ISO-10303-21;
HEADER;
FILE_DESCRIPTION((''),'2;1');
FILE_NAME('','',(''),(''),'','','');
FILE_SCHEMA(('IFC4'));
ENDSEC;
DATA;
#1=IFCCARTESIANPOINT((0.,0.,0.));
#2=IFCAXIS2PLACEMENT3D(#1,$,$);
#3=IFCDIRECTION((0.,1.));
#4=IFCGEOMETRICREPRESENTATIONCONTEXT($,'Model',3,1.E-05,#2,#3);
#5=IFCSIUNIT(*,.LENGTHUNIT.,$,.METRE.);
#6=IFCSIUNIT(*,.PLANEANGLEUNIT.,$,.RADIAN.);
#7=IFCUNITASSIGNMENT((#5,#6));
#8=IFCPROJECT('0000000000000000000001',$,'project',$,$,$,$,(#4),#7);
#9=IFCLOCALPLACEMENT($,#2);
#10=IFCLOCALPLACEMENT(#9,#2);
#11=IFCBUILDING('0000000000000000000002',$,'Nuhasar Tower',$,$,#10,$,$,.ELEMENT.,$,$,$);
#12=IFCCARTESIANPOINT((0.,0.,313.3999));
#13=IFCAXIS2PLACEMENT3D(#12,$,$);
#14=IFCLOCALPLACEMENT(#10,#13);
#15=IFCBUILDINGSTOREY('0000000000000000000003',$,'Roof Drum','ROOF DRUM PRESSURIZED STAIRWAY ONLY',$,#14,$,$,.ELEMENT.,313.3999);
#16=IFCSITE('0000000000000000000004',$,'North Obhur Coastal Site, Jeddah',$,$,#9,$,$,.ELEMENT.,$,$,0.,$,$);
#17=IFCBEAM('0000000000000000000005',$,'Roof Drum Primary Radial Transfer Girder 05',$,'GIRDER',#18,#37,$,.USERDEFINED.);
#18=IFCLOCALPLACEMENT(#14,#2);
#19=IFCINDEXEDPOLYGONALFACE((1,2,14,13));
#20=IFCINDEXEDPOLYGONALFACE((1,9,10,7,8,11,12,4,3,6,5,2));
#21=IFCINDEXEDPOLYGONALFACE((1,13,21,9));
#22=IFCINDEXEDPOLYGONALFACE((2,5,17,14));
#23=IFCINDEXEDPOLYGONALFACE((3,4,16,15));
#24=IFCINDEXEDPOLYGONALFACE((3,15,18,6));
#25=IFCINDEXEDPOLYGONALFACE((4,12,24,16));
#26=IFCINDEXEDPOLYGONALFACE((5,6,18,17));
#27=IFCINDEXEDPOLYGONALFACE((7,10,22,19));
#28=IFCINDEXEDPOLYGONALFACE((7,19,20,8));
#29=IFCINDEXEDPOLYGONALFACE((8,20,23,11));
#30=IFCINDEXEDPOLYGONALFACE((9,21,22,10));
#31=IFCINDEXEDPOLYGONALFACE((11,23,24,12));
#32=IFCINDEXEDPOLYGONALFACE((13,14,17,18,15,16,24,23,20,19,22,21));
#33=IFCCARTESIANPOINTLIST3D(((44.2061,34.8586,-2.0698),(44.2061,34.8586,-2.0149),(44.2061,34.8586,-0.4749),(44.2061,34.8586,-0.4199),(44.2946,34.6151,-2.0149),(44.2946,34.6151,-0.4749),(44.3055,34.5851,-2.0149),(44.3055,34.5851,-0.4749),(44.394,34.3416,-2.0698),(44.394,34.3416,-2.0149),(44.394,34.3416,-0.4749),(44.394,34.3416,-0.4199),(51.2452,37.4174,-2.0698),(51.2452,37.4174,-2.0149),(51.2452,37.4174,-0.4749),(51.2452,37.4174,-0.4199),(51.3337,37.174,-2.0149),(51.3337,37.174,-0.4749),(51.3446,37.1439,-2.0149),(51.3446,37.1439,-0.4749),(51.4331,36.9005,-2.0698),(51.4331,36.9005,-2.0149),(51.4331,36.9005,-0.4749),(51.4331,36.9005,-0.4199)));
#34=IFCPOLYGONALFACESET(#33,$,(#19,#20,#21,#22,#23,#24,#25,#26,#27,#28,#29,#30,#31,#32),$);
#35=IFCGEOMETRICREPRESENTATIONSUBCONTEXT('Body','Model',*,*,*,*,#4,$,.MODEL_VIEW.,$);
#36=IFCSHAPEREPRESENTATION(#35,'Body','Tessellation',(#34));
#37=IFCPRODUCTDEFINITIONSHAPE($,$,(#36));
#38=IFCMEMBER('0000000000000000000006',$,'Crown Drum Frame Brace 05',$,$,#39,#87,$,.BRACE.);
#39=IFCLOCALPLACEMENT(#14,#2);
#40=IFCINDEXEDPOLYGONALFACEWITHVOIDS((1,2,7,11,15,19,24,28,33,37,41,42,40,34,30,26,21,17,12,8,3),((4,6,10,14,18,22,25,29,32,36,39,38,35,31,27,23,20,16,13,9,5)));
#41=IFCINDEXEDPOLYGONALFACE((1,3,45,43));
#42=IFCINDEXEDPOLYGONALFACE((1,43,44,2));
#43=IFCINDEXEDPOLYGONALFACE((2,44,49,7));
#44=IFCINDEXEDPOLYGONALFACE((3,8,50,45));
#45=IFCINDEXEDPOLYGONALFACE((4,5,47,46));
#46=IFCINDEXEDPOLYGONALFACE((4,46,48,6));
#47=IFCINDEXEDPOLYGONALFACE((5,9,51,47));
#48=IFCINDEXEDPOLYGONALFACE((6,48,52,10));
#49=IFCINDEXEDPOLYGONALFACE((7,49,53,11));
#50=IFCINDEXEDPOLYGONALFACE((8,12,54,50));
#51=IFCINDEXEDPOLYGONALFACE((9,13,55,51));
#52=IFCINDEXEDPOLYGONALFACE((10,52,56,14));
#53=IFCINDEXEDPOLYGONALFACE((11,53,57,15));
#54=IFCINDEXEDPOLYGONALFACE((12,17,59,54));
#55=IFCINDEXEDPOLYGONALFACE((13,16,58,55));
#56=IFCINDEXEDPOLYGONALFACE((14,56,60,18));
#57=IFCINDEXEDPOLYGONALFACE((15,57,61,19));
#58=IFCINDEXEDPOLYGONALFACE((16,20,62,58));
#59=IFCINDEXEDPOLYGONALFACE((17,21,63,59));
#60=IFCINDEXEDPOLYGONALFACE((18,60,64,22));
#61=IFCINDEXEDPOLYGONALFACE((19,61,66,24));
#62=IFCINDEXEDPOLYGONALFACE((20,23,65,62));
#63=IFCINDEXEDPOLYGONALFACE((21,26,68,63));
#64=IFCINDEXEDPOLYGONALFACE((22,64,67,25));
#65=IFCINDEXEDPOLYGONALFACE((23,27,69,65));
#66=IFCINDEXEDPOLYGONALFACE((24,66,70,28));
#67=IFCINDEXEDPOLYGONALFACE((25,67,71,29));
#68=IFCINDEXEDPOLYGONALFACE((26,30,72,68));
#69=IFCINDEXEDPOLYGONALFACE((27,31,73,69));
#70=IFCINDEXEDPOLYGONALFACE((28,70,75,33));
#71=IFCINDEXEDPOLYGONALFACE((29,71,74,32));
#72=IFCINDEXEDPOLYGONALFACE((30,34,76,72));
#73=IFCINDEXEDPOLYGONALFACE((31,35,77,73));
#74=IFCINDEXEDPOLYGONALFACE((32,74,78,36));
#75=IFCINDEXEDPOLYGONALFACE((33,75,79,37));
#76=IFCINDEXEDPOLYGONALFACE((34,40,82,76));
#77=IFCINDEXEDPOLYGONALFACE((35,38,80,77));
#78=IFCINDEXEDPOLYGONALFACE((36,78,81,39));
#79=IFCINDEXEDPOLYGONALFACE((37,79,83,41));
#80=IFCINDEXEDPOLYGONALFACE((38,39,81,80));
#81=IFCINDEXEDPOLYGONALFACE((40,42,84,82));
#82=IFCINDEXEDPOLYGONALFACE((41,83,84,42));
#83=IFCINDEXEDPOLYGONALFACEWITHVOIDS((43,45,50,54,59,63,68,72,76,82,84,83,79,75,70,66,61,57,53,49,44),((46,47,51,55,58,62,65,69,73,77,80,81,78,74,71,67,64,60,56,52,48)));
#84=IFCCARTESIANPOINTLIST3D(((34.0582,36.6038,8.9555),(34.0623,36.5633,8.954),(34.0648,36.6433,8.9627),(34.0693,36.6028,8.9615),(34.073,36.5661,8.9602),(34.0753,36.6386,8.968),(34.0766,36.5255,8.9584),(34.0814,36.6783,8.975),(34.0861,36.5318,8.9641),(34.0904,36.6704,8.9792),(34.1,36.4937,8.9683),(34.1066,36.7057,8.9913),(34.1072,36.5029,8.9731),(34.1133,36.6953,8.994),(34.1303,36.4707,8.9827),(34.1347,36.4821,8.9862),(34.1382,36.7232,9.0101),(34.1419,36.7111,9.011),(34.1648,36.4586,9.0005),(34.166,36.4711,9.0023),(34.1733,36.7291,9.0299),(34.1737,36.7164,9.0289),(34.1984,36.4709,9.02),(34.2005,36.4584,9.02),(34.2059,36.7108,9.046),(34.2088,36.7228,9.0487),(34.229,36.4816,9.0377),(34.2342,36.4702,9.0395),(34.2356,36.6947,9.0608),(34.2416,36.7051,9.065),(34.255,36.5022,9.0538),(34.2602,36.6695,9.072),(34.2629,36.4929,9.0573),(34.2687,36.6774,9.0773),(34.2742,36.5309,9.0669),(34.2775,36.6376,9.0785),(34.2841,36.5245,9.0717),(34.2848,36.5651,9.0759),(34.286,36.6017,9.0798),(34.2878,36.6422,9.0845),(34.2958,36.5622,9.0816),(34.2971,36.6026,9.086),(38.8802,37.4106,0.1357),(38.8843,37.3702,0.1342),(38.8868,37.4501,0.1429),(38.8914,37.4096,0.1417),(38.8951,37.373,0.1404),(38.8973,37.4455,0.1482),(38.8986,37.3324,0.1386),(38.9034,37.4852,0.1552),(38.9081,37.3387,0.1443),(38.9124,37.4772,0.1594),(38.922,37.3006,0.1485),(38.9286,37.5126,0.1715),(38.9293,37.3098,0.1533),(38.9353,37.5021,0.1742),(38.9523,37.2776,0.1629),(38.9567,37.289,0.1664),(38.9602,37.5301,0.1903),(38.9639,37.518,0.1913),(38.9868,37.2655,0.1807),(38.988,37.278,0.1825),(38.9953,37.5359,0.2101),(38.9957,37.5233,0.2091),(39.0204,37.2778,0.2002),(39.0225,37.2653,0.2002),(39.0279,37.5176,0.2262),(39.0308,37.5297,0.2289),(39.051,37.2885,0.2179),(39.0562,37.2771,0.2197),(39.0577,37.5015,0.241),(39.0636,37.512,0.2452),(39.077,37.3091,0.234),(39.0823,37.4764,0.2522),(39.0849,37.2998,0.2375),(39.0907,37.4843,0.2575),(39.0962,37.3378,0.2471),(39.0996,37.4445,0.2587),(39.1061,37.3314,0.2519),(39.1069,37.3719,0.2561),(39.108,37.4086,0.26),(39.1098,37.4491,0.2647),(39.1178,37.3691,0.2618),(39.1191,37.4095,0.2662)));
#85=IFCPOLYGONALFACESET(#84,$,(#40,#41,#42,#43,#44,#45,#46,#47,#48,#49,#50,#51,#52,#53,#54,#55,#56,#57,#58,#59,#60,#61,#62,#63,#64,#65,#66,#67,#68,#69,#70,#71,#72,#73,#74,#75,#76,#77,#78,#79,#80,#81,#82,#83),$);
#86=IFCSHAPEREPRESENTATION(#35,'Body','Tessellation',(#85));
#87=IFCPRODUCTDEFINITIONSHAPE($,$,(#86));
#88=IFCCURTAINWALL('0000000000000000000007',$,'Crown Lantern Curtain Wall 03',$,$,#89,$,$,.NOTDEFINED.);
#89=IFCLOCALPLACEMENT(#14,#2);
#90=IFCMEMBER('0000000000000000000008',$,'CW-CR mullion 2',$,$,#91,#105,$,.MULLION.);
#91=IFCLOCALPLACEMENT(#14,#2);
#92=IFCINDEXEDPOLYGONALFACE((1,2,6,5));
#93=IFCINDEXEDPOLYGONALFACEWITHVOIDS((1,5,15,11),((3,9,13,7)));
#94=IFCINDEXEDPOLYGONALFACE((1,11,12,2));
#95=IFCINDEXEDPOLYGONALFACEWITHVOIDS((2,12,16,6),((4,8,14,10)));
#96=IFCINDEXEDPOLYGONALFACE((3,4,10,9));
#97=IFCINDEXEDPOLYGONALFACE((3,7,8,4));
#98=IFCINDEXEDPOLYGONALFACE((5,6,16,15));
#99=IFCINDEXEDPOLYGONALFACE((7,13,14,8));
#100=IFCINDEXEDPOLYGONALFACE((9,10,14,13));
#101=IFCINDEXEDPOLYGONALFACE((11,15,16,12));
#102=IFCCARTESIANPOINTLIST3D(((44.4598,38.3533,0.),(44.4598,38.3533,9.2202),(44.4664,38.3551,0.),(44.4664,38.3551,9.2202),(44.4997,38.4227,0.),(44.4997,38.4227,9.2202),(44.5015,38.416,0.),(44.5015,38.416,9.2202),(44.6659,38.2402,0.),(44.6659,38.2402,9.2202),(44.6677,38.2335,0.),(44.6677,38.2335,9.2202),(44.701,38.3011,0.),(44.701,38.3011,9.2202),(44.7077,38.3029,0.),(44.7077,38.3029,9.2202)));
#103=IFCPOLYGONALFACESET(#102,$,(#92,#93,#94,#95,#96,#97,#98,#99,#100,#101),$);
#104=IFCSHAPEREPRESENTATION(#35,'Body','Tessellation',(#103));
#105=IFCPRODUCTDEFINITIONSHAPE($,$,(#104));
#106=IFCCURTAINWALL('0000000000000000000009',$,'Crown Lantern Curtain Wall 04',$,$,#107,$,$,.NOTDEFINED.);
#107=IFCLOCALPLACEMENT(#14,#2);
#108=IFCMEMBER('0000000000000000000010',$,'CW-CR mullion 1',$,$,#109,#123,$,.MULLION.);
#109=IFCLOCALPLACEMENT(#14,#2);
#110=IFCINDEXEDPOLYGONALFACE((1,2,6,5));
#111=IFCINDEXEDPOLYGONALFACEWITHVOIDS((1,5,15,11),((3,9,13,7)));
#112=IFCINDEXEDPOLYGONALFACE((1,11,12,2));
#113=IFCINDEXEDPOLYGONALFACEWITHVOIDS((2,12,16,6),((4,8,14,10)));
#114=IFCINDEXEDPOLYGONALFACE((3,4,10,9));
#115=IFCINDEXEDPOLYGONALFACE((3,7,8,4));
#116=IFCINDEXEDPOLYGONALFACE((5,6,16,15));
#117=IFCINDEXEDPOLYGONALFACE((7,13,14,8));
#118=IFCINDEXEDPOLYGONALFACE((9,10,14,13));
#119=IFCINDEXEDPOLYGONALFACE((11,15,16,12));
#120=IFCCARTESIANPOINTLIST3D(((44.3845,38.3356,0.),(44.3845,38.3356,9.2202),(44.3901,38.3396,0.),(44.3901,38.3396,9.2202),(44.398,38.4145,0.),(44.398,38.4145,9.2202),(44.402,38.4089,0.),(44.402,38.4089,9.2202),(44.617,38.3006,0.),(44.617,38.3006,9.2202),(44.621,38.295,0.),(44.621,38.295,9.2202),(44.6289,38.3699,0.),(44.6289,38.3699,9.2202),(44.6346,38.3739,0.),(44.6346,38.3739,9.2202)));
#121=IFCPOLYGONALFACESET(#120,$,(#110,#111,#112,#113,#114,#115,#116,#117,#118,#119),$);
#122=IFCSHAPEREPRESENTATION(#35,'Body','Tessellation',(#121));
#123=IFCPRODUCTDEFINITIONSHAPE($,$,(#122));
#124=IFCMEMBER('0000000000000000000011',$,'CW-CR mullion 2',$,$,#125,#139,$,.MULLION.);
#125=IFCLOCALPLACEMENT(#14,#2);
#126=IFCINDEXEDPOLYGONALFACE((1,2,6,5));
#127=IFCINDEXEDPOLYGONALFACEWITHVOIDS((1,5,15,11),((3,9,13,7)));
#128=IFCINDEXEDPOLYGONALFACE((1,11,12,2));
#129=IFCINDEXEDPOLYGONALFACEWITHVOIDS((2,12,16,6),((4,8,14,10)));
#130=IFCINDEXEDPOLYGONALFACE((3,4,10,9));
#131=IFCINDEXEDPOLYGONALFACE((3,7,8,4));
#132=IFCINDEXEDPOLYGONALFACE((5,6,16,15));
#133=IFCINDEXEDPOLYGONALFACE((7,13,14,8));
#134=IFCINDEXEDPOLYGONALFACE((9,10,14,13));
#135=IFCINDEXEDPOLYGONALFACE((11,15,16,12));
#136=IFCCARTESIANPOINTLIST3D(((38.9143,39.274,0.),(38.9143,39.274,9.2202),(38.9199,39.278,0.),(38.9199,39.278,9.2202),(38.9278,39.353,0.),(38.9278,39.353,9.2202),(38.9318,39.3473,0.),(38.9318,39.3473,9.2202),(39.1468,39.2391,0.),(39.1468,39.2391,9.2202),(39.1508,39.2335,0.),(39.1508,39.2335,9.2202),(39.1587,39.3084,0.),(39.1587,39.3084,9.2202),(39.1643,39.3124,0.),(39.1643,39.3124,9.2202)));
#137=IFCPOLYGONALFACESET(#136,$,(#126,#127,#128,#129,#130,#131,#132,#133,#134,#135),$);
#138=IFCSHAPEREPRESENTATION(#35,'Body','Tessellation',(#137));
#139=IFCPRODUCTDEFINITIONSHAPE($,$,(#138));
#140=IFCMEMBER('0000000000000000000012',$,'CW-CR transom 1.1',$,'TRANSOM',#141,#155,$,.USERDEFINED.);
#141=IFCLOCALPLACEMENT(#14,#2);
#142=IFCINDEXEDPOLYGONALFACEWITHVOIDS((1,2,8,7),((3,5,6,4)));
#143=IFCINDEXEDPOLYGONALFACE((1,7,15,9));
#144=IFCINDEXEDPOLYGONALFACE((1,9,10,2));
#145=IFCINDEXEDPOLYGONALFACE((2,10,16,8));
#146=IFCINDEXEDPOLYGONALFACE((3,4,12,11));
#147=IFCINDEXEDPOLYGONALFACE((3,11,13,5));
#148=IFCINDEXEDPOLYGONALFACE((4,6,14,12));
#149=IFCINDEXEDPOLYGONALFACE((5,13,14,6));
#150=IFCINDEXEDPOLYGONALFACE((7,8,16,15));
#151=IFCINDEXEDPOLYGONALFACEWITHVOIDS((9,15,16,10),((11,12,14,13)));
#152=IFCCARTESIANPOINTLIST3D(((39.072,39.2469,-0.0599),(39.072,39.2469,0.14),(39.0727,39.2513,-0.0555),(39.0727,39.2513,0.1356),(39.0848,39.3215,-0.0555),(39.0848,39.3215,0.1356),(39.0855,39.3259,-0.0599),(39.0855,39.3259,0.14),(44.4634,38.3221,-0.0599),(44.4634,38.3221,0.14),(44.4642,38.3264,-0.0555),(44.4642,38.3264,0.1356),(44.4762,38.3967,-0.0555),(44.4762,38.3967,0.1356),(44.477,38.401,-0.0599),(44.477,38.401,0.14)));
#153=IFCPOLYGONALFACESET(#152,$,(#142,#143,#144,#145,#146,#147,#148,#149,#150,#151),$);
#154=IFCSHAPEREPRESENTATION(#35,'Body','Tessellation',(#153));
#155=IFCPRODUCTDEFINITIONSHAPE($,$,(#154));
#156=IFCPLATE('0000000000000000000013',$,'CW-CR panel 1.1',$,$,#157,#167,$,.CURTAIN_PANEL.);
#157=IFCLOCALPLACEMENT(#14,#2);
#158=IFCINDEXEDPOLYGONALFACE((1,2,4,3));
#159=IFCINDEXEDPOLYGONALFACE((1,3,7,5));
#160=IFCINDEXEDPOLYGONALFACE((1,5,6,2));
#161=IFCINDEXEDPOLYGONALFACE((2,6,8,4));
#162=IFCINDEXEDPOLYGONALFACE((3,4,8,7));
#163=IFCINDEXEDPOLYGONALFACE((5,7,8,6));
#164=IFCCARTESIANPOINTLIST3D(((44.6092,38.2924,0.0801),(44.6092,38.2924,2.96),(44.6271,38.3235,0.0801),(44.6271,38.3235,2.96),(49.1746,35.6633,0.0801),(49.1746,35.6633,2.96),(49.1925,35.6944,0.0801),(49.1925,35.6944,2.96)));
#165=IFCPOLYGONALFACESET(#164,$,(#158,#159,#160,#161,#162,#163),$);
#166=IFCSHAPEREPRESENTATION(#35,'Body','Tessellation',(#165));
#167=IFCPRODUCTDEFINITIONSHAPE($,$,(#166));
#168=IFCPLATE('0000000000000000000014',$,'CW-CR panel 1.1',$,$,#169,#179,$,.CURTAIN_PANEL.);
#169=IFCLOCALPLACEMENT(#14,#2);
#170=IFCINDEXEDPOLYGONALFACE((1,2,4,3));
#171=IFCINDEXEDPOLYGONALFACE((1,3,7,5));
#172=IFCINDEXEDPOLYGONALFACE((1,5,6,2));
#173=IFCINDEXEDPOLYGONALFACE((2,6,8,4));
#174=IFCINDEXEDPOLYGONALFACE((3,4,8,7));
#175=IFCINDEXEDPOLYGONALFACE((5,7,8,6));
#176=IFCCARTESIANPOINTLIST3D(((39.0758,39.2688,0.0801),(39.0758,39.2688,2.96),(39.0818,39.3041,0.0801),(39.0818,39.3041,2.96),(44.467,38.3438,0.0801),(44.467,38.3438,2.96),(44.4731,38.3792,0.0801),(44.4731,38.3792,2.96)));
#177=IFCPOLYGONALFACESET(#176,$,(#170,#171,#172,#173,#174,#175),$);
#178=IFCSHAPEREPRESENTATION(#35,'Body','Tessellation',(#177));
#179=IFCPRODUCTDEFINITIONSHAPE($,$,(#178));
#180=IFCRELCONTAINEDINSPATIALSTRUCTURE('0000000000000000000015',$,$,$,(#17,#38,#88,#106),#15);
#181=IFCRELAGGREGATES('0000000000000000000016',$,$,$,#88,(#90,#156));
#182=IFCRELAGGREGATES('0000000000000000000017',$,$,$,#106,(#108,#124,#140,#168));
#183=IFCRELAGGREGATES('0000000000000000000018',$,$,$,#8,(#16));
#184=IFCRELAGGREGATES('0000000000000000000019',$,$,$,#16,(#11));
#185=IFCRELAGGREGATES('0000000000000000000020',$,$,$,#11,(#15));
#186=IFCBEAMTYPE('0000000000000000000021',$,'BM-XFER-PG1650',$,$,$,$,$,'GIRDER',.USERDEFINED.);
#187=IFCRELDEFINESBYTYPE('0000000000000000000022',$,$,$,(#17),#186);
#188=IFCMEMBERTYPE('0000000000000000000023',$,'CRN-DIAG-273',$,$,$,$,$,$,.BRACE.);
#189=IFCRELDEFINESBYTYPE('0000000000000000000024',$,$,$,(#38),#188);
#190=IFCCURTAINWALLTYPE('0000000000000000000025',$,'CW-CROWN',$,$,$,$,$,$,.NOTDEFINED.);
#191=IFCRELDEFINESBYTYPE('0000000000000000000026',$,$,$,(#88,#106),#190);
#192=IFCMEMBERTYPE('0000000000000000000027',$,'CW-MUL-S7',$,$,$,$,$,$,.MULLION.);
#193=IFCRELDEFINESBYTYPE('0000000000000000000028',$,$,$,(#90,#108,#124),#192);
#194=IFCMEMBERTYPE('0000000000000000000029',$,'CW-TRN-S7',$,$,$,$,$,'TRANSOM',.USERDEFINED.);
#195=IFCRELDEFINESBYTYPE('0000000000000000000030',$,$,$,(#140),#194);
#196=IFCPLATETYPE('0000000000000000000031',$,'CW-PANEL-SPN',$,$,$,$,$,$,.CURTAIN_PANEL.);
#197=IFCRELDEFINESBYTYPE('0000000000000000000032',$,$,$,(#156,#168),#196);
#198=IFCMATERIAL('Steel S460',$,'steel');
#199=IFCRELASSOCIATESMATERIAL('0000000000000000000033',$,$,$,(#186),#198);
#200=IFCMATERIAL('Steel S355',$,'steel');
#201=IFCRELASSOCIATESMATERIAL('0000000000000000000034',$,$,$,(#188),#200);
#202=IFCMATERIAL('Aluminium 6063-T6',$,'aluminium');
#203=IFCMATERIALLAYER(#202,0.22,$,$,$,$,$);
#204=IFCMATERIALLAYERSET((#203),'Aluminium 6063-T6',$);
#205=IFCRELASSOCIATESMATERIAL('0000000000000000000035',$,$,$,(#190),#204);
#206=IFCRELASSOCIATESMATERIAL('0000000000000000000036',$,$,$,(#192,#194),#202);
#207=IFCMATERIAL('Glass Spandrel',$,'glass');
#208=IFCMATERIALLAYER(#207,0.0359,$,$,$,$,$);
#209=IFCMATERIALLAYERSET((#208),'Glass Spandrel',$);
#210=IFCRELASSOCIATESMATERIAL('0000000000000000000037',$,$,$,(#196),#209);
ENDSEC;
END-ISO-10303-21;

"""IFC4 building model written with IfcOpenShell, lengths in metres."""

from ifc_helpers import new_model, si_unit, direction, frame, origin, origin_2d, place, context, subcontext, project, spatial, rectangle, hollow_rectangle, hollow_circle, i_section, extrude, material, layer, layer_set, material_profile, profile_set, type_object, element, aggregate, save


model = new_model("IFC4")

# Units and contexts
model_context = context("Model", 3, precision=1e-05, world=origin(), true_north=direction((0.0, 1.0)))
body_context = subcontext(model_context, "Body", "Model", "MODEL_VIEW")
ifc_project = project(units=[si_unit("LENGTHUNIT", "METRE"), si_unit("PLANEANGLEUNIT", "RADIAN")], contexts=[model_context])

# Site, building, storey
site_placement = place(None, origin())
site = spatial("IfcSite", under=ifc_project, at=site_placement, Name="North Obhur Coastal Site, Jeddah", CompositionType="ELEMENT", RefElevation=0.0)
building_placement = place(site_placement, origin())
building = spatial("IfcBuilding", under=site, at=building_placement, Name="Nuhasar Tower", CompositionType="ELEMENT")
storey_placement = place(building_placement, frame((0.0, 0.0, 313.3999)))
storey = spatial("IfcBuildingStorey", under=building, at=storey_placement, Name="Roof Drum", Description="ROOF DRUM PRESSURIZED STAIRWAY ONLY", CompositionType="ELEMENT", Elevation=313.3999)

# Shared definitions
ifc_material_1 = material(Name="Steel S355", Category="steel")

# Beam
ifc_material_2 = material(Name="Steel S460", Category="steel")
ifc_material_profile_1 = material_profile(ifc_material_2, i_section(OverallWidth=0.55, OverallDepth=1.6499, WebThickness=0.032, FlangeThickness=0.0549, at=origin_2d()), Name="PG1650X550")
ifc_profile_set_1 = profile_set([ifc_material_profile_1], Name="Steel S460")
beam_type_1 = type_object("IfcBeamType", Name="BM-XFER-PG1650", ElementType="GIRDER", PredefinedType="USERDEFINED", material=ifc_profile_set_1)
beam_1_placement = place(storey_placement, frame((44.3, 34.6001, -1.2449), z_axis=(0.939829, 0.341646, 0.0), x_axis=(-0.341646, 0.939829, 0.0)))
element("IfcBeam", 1, at=beam_1_placement, inside=storey, type_object=beam_type_1, Name="Roof Drum Primary Radial Transfer Girder 05", ObjectType="GIRDER", PredefinedType="USERDEFINED", context=body_context, shape_type="SweptSolid", body=[
    extrude(i_section(OverallWidth=0.55, OverallDepth=1.6499, WebThickness=0.032, FlangeThickness=0.0549, at=origin_2d()), origin(), (0.0, 0.0, 1.0), 7.4897),
])

# Member
ifc_material_profile_2 = material_profile(ifc_material_1, hollow_circle(Radius=0.1365, WallThickness=0.0127, at=origin_2d()), Name="HSS273.1X12.7")
ifc_profile_set_2 = profile_set([ifc_material_profile_2], Name="Steel S355")
member_type_1 = type_object("IfcMemberType", Name="CRN-DIAG-273", PredefinedType="BRACE", material=ifc_profile_set_2)
member_1_placement = place(storey_placement, frame((39.0, 37.3999, 0.2002), z_axis=(-0.478173, -0.080014, 0.874613), x_axis=(0.165039, -0.986287, 0.0)))
element("IfcMember", 2, at=member_1_placement, inside=storey, type_object=member_type_1, Name="Crown Drum Frame Brace 05", PredefinedType="BRACE", context=body_context, shape_type="SweptSolid", body=[
    extrude(hollow_circle(Radius=0.1365, WallThickness=0.0127, at=origin_2d()), origin(), (0.0, 0.0, 1.0), 10.0842),
])

# Curtain wall, member
ifc_material_3 = material(Name="Aluminium 6063-T6", Category="aluminium")
ifc_layer_1 = layer(ifc_material_3, 0.22)
ifc_layer_set_1 = layer_set([ifc_layer_1], Name="Aluminium 6063-T6")
curtain_wall_type = type_object("IfcCurtainWallType", Name="CW-CROWN", PredefinedType="NOTDEFINED", material=ifc_layer_set_1)
curtain_wall_1_placement = place(storey_placement, origin())
curtain_wall_1 = element("IfcCurtainWall", 3, at=curtain_wall_1_placement, inside=storey, type_object=curtain_wall_type, Name="Crown Lantern Curtain Wall 03", PredefinedType="NOTDEFINED")
ifc_material_profile_3 = material_profile(ifc_material_3, hollow_rectangle(XDim=0.0801, YDim=0.24, WallThickness=0.0049, at=origin_2d()), Name="CWM-7")
ifc_profile_set_3 = profile_set([ifc_material_profile_3], Name="Aluminium 6063-T6")
member_type_2 = type_object("IfcMemberType", Name="CW-MUL-S7", PredefinedType="MULLION", material=ifc_profile_set_3)
member_2_placement = place(storey_placement, frame((44.5837, 38.3281, 0.0), z_axis=(0.0, 0.0, 1.0), x_axis=(-0.499052, -0.866572, 0.0)))
member_2 = element("IfcMember", 4, at=member_2_placement, type_object=member_type_2, Name="CW-CR mullion 2", PredefinedType="MULLION", context=body_context, shape_type="SweptSolid", body=[
    extrude(hollow_rectangle(XDim=0.0801, YDim=0.24, WallThickness=0.0049, at=origin_2d()), origin(), (0.0, 0.0, 1.0), 9.2202),
])

# Curtain wall, members
curtain_wall_2_placement = place(storey_placement, origin())
curtain_wall_2 = element("IfcCurtainWall", 5, at=curtain_wall_2_placement, inside=storey, type_object=curtain_wall_type, Name="Crown Lantern Curtain Wall 04", PredefinedType="NOTDEFINED")
member_3_placement = place(storey_placement, frame((44.5095, 38.3547, 0.0), z_axis=(0.0, 0.0, 1.0), x_axis=(-0.169092, -0.9856, 0.0)))
member_3 = element("IfcMember", 6, at=member_3_placement, type_object=member_type_2, Name="CW-CR mullion 1", PredefinedType="MULLION", context=body_context, shape_type="SweptSolid", body=[
    extrude(hollow_rectangle(XDim=0.0801, YDim=0.24, WallThickness=0.0049, at=origin_2d()), origin(), (0.0, 0.0, 1.0), 9.2202),
])
member_4_placement = place(storey_placement, frame((39.0393, 39.2932, 0.0), z_axis=(0.0, 0.0, 1.0), x_axis=(-0.169092, -0.9856, 0.0)))
member_4 = element("IfcMember", 7, at=member_4_placement, type_object=member_type_2, Name="CW-CR mullion 2", PredefinedType="MULLION", context=body_context, shape_type="SweptSolid", body=[
    extrude(hollow_rectangle(XDim=0.0801, YDim=0.24, WallThickness=0.0049, at=origin_2d()), origin(), (0.0, 0.0, 1.0), 9.2202),
])
ifc_material_profile_4 = material_profile(ifc_material_3, hollow_rectangle(XDim=0.0801, YDim=0.2, WallThickness=0.0044, at=origin_2d()), Name="CWT-7")
ifc_profile_set_4 = profile_set([ifc_material_profile_4], Name="Aluminium 6063-T6")
member_type_3 = type_object("IfcMemberType", Name="CW-TRN-S7", ElementType="TRANSOM", PredefinedType="USERDEFINED", material=ifc_profile_set_4)
member_5_placement = place(storey_placement, frame((44.4702, 38.3616, 0.04), z_axis=(-0.985605, 0.169065, 0.0), x_axis=(-0.169065, -0.985605, 0.0)))
member_5 = element("IfcMember", 8, at=member_5_placement, type_object=member_type_3, Name="CW-CR transom 1.1", ObjectType="TRANSOM", PredefinedType="USERDEFINED", context=body_context, shape_type="SweptSolid", body=[
    extrude(hollow_rectangle(XDim=0.0801, YDim=0.2, WallThickness=0.0044, at=origin_2d()), origin(), (0.0, 0.0, 1.0), 5.4702),
])

# Plates
ifc_material_4 = material(Name="Glass Spandrel", Category="glass")
ifc_layer_2 = layer(ifc_material_4, 0.0359)
ifc_layer_set_2 = layer_set([ifc_layer_2], Name="Glass Spandrel")
plate_type = type_object("IfcPlateType", Name="CW-PANEL-SPN", PredefinedType="CURTAIN_PANEL", material=ifc_layer_set_2)
plate_1_placement = place(storey_placement, frame((46.9009, 36.9934, 0.0801), z_axis=(0.0, 0.0, 1.0), x_axis=(-0.866572, 0.499052, 0.0)))
plate_1 = element("IfcPlate", 9, at=plate_1_placement, type_object=plate_type, Name="CW-CR panel 1.1", PredefinedType="CURTAIN_PANEL", context=body_context, shape_type="SweptSolid", body=[
    extrude(rectangle(XDim=5.2683, YDim=0.0359, at=origin_2d()), origin(), (0.0, 0.0, 1.0), 2.8799),
])
aggregate(curtain_wall_1, [member_2, plate_1])
plate_2_placement = place(storey_placement, frame((41.7744, 38.824, 0.0801), z_axis=(0.0, 0.0, 1.0), x_axis=(-0.9856, 0.169092, 0.0)))
plate_2 = element("IfcPlate", 10, at=plate_2_placement, type_object=plate_type, Name="CW-CR panel 1.1", PredefinedType="CURTAIN_PANEL", context=body_context, shape_type="SweptSolid", body=[
    extrude(rectangle(XDim=5.47, YDim=0.0359, at=origin_2d()), origin(), (0.0, 0.0, 1.0), 2.8799),
])
aggregate(curtain_wall_2, [member_3, member_4, member_5, plate_2])

save(model, "model.ifc")
